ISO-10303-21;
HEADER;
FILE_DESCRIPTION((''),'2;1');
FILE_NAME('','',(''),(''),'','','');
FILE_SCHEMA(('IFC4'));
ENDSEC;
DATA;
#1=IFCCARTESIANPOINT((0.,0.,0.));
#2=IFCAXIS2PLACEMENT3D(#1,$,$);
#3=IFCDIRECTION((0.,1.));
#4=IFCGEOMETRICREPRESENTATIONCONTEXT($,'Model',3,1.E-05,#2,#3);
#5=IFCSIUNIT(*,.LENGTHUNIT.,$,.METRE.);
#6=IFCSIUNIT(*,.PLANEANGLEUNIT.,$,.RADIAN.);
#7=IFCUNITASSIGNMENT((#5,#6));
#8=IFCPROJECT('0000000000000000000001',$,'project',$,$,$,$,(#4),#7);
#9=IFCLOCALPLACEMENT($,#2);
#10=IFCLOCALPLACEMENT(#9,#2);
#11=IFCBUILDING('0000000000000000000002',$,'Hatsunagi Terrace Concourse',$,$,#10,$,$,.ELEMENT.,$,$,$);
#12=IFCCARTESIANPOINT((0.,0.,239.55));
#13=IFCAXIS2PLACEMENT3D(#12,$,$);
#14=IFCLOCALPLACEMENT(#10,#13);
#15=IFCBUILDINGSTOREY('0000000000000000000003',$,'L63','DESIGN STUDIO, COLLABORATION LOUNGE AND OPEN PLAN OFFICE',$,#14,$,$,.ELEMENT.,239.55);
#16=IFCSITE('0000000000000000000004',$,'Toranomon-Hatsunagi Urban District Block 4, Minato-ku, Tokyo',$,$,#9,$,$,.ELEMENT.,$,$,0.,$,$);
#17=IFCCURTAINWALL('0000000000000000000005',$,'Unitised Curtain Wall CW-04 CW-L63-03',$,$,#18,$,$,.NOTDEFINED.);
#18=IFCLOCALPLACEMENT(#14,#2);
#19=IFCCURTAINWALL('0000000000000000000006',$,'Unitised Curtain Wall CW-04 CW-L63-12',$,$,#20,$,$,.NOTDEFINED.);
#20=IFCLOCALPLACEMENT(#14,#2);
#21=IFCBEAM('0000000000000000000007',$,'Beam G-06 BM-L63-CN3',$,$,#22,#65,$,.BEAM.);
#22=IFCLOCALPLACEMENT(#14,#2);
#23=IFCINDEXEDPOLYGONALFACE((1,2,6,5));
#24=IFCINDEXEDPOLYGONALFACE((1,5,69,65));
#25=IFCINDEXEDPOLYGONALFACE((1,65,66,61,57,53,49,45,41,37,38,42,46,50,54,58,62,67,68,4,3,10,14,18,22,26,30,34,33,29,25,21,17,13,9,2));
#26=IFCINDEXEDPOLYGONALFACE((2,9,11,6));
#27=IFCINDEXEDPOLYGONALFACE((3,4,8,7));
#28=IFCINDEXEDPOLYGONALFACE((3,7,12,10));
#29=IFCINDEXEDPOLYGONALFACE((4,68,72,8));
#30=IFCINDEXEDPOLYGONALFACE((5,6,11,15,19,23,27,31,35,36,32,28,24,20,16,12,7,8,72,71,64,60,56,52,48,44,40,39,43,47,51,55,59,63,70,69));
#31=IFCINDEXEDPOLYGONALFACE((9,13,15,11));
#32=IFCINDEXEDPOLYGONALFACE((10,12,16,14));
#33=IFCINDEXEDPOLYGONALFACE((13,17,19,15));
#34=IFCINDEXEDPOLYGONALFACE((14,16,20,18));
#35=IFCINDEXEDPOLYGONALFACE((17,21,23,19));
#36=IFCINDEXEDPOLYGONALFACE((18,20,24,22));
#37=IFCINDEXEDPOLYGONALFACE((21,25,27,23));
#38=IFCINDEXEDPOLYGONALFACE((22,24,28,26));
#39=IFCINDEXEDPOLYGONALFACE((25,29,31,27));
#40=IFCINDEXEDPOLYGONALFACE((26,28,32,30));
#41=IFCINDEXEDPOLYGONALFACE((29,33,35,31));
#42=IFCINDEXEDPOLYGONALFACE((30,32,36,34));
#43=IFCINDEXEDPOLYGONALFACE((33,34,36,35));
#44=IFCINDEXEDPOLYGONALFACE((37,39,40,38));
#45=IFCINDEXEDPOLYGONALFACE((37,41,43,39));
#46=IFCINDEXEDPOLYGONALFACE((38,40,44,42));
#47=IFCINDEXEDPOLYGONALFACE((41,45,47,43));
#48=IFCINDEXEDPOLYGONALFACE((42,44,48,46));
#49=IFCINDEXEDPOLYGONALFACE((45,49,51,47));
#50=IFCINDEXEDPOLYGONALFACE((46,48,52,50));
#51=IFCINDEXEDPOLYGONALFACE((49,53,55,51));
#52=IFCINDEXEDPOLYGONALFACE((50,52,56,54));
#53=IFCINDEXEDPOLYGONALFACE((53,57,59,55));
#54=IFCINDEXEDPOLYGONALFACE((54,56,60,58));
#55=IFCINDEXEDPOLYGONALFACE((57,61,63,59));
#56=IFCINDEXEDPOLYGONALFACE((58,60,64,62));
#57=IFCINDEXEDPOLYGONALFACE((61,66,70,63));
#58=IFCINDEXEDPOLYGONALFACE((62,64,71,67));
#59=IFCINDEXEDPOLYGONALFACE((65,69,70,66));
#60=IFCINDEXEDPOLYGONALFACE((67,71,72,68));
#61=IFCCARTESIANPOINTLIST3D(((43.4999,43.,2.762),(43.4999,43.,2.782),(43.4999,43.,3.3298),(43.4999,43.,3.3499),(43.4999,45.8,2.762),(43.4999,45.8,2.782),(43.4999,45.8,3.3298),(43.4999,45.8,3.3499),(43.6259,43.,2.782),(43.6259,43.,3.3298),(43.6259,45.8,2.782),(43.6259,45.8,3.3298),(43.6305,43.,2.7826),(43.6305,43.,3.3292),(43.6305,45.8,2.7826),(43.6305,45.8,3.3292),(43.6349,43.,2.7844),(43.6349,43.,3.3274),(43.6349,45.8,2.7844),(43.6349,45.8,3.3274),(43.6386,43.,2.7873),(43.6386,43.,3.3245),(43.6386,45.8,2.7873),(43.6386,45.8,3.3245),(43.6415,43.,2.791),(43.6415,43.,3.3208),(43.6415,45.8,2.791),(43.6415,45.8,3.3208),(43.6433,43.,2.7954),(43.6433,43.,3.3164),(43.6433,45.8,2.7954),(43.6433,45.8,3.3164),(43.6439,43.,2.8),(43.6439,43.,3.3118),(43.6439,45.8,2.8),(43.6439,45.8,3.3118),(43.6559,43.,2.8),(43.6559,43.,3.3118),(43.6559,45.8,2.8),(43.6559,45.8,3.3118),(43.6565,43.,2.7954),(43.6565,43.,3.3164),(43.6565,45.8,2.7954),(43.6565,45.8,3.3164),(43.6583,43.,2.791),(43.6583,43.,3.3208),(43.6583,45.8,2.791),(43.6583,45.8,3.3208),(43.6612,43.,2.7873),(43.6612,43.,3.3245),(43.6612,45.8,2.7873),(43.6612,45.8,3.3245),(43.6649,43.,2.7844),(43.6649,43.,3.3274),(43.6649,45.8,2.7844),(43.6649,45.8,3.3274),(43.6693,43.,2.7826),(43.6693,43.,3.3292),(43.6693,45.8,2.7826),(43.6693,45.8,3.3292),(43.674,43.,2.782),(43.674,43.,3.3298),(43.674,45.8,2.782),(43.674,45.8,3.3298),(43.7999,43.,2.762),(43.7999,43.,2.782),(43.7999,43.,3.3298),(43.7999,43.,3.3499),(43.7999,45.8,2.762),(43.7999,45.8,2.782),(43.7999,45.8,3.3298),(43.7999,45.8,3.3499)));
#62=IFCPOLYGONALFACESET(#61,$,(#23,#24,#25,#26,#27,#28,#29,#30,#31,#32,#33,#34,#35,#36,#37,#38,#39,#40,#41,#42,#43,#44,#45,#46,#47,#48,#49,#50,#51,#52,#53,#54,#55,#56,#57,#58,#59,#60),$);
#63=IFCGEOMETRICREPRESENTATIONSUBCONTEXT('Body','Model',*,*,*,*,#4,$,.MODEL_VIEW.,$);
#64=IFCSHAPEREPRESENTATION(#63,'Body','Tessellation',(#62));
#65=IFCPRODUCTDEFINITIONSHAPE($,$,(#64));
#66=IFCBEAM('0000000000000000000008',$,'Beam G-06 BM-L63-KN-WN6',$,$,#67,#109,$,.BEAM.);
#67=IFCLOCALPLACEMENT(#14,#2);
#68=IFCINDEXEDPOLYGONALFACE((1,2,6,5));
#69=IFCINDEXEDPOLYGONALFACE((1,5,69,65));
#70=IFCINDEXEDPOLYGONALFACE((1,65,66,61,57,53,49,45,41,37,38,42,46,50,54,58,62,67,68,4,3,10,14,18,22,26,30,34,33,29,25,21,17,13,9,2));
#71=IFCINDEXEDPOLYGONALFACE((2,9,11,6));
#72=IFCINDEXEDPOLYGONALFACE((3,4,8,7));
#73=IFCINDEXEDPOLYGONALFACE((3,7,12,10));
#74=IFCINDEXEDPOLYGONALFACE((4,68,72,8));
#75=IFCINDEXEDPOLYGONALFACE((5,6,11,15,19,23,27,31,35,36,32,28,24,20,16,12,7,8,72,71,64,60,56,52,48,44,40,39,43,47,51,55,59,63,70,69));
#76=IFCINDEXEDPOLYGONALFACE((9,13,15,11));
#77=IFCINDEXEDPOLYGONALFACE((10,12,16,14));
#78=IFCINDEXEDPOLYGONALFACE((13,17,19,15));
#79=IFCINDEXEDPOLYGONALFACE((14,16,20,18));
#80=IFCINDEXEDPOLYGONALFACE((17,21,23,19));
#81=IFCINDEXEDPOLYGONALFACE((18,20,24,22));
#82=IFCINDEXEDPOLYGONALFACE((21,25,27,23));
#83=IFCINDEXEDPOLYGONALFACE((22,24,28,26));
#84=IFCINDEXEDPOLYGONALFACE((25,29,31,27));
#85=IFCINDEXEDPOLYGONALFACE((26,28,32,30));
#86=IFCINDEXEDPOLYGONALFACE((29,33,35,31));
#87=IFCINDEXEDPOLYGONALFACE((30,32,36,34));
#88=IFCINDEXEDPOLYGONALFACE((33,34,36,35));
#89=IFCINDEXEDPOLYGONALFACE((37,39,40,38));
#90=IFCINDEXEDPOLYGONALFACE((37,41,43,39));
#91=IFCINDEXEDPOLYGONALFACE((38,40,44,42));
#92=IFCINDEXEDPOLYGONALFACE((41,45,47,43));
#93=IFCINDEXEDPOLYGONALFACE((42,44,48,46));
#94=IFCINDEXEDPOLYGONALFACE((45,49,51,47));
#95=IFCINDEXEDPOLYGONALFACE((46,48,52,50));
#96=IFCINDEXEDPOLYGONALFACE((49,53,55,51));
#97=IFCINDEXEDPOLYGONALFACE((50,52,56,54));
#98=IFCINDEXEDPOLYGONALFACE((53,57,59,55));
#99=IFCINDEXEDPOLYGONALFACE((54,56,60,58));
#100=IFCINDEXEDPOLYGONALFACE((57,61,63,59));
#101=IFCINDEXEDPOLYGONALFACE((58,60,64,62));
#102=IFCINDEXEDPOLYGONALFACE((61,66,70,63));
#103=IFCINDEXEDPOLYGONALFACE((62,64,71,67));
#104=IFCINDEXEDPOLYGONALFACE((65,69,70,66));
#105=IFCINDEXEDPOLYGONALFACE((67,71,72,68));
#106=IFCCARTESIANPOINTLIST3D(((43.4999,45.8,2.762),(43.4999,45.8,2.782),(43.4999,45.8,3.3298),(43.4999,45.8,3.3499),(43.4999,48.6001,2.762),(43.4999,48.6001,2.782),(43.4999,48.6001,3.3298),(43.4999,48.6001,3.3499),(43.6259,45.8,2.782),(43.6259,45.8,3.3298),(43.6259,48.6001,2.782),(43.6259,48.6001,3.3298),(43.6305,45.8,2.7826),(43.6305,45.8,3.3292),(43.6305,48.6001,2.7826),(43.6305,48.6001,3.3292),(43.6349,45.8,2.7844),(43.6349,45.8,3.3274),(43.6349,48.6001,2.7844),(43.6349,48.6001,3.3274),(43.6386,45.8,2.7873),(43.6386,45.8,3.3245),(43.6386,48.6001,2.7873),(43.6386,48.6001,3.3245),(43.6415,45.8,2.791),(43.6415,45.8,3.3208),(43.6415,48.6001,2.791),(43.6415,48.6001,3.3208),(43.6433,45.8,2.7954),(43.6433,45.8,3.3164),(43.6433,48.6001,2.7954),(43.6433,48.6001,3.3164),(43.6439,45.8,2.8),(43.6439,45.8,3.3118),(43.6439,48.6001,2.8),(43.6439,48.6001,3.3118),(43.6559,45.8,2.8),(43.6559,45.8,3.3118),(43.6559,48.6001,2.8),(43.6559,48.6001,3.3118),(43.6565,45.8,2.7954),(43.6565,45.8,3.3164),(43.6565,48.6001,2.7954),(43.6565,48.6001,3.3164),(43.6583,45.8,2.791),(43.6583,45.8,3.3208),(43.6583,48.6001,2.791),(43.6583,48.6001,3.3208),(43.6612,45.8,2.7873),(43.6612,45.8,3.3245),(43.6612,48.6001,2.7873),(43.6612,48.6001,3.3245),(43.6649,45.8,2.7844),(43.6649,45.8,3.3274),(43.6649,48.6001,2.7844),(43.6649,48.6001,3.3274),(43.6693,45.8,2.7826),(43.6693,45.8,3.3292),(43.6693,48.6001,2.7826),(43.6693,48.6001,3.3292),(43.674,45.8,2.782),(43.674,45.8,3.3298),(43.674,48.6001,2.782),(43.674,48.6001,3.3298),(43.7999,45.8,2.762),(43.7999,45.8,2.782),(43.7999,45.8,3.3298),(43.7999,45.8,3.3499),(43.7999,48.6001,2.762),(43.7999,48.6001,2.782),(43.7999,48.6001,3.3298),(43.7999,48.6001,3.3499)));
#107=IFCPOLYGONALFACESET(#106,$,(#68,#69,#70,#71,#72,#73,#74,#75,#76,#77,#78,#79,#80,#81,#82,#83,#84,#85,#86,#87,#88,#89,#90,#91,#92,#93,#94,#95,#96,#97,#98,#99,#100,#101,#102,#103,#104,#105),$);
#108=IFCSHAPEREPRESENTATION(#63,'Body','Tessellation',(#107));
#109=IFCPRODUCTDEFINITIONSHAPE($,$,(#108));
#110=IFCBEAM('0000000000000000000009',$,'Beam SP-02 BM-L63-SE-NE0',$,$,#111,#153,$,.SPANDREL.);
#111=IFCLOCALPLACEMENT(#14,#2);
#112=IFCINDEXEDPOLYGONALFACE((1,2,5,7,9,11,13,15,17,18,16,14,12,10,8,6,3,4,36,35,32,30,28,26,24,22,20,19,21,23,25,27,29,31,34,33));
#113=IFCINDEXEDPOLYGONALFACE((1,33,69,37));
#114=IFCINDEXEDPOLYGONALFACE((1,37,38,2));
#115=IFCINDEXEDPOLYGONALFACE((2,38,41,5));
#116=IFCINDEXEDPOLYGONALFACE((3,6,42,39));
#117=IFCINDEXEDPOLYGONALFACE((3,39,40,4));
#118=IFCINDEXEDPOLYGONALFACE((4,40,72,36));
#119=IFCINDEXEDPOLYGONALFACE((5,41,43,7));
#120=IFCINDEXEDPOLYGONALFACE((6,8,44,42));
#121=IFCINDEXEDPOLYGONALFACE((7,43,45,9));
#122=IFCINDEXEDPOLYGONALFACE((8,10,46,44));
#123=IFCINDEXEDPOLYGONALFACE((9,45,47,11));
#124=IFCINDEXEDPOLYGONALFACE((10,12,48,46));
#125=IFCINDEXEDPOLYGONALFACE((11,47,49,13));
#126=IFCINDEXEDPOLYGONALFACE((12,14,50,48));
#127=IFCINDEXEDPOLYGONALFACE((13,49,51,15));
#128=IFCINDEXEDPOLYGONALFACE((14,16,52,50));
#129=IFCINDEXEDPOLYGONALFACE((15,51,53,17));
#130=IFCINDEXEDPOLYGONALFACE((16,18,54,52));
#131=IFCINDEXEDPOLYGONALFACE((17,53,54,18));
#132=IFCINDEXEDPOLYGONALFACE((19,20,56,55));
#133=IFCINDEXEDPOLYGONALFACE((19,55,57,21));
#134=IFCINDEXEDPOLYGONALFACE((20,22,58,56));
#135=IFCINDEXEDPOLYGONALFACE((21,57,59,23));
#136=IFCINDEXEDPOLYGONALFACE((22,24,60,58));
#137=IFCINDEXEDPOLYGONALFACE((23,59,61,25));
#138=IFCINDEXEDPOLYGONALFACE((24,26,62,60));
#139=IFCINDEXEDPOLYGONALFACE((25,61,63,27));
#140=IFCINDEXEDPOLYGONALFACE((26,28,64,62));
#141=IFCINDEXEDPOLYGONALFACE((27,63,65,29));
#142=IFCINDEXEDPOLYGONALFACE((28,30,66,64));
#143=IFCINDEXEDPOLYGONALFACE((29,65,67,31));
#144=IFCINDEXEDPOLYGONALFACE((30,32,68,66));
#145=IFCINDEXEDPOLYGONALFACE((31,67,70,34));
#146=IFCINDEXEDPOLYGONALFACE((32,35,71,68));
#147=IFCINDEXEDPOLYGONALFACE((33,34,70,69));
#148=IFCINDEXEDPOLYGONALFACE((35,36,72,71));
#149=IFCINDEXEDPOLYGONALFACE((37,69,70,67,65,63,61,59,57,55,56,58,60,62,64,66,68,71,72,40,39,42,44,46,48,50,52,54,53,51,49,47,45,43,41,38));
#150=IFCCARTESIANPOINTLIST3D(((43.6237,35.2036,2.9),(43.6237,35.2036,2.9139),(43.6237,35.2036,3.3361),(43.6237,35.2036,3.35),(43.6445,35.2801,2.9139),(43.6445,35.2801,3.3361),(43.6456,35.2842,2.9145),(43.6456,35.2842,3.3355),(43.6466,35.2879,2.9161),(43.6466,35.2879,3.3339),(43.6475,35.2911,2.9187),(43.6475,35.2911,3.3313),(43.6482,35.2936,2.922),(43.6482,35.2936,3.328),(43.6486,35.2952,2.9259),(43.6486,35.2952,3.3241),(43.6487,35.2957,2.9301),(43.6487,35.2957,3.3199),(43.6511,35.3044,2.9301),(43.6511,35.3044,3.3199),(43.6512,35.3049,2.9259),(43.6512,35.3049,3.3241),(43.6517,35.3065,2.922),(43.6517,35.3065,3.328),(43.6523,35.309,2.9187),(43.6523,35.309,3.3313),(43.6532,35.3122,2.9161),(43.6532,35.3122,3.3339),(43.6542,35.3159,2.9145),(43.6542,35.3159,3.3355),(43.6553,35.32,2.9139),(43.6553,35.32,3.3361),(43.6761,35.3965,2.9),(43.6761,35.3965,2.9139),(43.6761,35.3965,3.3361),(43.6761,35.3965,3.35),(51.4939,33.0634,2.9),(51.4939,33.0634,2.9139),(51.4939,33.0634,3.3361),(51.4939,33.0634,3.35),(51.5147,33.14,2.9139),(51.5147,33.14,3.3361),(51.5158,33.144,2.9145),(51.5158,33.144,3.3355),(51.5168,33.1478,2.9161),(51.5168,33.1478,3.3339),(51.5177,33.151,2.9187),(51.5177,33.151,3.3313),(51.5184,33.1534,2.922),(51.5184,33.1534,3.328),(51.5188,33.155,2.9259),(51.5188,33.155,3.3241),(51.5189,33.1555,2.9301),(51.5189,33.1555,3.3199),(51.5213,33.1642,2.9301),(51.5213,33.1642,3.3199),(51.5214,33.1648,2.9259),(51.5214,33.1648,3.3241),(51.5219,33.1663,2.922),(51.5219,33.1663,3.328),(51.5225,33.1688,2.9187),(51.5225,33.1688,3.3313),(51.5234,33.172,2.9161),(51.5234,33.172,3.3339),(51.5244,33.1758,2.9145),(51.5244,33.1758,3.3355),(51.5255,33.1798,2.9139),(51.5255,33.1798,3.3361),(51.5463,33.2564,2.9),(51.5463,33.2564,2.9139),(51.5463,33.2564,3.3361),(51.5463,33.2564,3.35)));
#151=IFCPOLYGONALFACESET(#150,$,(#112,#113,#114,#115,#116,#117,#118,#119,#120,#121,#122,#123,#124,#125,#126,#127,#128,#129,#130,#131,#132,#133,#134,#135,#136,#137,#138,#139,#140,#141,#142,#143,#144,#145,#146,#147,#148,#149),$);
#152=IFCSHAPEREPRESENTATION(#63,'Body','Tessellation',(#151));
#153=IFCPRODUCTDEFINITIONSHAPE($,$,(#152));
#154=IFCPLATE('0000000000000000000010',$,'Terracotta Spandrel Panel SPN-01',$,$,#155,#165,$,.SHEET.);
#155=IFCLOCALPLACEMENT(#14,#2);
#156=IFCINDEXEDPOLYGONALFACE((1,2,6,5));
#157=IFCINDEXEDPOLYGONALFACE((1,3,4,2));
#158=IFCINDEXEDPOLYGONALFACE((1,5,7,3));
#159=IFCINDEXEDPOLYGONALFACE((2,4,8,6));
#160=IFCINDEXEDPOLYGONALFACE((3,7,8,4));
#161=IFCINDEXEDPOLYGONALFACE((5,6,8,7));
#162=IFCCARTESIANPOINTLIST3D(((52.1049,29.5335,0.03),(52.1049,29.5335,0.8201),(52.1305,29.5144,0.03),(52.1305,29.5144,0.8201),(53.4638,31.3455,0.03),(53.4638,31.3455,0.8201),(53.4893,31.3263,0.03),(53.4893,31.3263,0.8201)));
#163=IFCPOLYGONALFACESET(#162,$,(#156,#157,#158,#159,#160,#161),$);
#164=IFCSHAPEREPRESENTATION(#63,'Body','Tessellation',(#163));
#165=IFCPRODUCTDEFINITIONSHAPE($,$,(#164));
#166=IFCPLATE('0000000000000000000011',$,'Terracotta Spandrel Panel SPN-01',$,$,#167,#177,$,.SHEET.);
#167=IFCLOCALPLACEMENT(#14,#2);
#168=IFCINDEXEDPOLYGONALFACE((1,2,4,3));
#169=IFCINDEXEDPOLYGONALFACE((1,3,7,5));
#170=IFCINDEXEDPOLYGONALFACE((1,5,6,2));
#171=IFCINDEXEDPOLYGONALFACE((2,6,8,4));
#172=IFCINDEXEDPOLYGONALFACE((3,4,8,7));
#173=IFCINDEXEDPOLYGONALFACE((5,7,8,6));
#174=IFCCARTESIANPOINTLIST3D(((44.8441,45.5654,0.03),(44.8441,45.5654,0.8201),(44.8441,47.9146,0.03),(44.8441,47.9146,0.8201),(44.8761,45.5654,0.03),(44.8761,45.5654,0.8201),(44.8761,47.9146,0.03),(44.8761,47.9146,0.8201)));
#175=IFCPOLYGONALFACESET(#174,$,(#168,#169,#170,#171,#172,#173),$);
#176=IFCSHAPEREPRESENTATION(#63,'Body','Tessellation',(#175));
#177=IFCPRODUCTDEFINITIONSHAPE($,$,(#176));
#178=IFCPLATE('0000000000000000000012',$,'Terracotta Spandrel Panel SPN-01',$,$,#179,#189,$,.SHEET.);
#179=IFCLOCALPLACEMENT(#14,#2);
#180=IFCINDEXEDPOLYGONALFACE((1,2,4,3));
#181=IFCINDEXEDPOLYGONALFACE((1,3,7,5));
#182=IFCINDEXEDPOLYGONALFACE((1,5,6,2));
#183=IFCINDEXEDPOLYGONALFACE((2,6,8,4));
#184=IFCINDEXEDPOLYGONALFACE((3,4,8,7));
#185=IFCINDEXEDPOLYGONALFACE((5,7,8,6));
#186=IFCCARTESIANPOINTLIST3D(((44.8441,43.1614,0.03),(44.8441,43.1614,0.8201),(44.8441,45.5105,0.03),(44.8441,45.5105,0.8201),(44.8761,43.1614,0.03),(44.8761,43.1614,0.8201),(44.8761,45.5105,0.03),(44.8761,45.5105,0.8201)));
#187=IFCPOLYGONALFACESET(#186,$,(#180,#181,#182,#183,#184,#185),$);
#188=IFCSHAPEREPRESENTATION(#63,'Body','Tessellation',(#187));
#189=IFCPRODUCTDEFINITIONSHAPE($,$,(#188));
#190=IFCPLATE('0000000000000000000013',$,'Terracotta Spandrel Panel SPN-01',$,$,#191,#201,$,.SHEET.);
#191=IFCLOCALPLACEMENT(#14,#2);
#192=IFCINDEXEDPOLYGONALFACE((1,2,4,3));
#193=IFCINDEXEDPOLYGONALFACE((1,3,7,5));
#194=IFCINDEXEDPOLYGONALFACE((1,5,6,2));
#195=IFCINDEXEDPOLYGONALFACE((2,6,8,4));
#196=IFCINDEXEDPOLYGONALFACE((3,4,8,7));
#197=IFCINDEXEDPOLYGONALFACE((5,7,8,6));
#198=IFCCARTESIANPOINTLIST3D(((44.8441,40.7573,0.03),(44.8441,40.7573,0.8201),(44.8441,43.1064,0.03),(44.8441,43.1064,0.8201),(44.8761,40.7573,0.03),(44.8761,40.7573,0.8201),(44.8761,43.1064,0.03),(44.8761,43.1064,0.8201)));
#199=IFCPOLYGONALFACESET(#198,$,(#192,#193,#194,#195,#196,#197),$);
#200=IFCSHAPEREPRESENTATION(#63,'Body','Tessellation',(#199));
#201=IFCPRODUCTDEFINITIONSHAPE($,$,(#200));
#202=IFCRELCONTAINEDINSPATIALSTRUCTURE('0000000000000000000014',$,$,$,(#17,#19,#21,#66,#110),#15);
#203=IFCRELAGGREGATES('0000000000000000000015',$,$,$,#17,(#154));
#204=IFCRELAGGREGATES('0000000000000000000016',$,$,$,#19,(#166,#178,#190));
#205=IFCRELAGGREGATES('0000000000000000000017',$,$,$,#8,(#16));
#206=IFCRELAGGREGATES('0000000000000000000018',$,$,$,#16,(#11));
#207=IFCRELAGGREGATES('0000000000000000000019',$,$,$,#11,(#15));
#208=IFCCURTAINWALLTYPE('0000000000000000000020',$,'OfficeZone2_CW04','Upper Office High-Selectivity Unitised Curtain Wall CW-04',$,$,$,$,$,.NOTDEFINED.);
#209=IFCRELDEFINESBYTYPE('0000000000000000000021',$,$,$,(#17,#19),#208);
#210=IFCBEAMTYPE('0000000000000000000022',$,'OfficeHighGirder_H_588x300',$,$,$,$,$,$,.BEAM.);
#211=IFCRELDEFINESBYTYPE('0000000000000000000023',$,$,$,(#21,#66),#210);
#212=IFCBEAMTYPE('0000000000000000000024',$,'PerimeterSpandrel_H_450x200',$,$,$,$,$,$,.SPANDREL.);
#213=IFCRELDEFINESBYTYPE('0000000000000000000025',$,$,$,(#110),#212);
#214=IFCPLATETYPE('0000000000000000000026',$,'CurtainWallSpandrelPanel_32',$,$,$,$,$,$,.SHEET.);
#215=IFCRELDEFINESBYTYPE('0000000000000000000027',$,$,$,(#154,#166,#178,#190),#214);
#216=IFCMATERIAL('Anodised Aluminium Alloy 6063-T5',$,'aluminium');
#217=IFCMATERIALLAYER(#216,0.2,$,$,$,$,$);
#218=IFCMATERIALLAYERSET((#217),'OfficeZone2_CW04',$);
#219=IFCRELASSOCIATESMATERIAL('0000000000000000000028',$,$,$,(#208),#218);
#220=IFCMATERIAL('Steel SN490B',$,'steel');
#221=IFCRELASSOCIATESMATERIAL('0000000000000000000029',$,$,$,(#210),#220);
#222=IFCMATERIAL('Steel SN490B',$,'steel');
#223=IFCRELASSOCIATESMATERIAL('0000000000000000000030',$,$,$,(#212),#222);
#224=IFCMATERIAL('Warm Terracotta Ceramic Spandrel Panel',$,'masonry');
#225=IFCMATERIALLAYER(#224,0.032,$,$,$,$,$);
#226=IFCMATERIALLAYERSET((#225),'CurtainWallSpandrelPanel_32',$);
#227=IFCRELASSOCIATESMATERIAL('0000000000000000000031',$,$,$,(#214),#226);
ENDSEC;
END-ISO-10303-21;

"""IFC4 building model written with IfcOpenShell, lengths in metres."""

from ifc_helpers import new_model, si_unit, direction, frame, origin, origin_2d, place, context, subcontext, project, spatial, rectangle, i_section, extrude, material, layer, layer_set, material_profile, profile_set, type_object, element, aggregate, save


model = new_model("IFC4")

# Units and contexts
model_context = context("Model", 3, precision=1e-05, world=origin(), true_north=direction((0.0, 1.0)))
body_context = subcontext(model_context, "Body", "Model", "MODEL_VIEW")
ifc_project = project(units=[si_unit("LENGTHUNIT", "METRE"), si_unit("PLANEANGLEUNIT", "RADIAN")], contexts=[model_context])

# Site, building, storey
site_placement = place(None, origin())
site = spatial("IfcSite", under=ifc_project, at=site_placement, Name="Toranomon-Hatsunagi Urban District Block 4, Minato-ku, Tokyo", CompositionType="ELEMENT", RefElevation=0.0)
building_placement = place(site_placement, origin())
building = spatial("IfcBuilding", under=site, at=building_placement, Name="Hatsunagi Terrace Concourse", CompositionType="ELEMENT")
storey_placement = place(building_placement, frame((0.0, 0.0, 239.55)))
storey = spatial("IfcBuildingStorey", under=building, at=storey_placement, Name="L63", Description="DESIGN STUDIO, COLLABORATION LOUNGE AND OPEN PLAN OFFICE", CompositionType="ELEMENT", Elevation=239.55)

# Curtain walls
ifc_material_1 = material(Name="Anodised Aluminium Alloy 6063-T5", Category="aluminium")
ifc_layer_1 = layer(ifc_material_1, 0.2)
ifc_layer_set_1 = layer_set([ifc_layer_1], Name="OfficeZone2_CW04")
curtain_wall_type = type_object("IfcCurtainWallType", Name="OfficeZone2_CW04", Description="Upper Office High-Selectivity Unitised Curtain Wall CW-04", PredefinedType="NOTDEFINED", material=ifc_layer_set_1)
curtain_wall_1_placement = place(storey_placement, origin())
curtain_wall_1 = element("IfcCurtainWall", 1, at=curtain_wall_1_placement, inside=storey, type_object=curtain_wall_type, Name="Unitised Curtain Wall CW-04 CW-L63-03", PredefinedType="NOTDEFINED")
curtain_wall_2_placement = place(storey_placement, origin())
curtain_wall_2 = element("IfcCurtainWall", 2, at=curtain_wall_2_placement, inside=storey, type_object=curtain_wall_type, Name="Unitised Curtain Wall CW-04 CW-L63-12", PredefinedType="NOTDEFINED")

# Beams
ifc_material_2 = material(Name="Steel SN490B", Category="steel")
ifc_material_profile_1 = material_profile(ifc_material_2, i_section(OverallWidth=0.3, OverallDepth=0.5879, WebThickness=0.012, FlangeThickness=0.02, FilletRadius=0.0181, at=origin_2d()), Name="H-588x300x12x20")
ifc_profile_set_1 = profile_set([ifc_material_profile_1], Name="Steel SN490B")
beam_type_1 = type_object("IfcBeamType", Name="OfficeHighGirder_H_588x300", PredefinedType="BEAM", material=ifc_profile_set_1)
for number, where, z_axis, x_axis, name in (
    (3, (43.6499, 43.0, 3.0559), (0.0, 1.0, 0.0), (-1.0, 0.0, 0.0), "Beam G-06 BM-L63-CN3"),
    (4, (43.6499, 45.8, 3.0559), (0.0, 1.0, 0.0), (-1.0, 0.0, 0.0), "Beam G-06 BM-L63-KN-WN6"),
):
    element("IfcBeam", number, at=place(storey_placement, frame(where, z_axis=z_axis, x_axis=x_axis)), inside=storey, type_object=beam_type_1, Name=name, PredefinedType="BEAM", context=body_context, shape_type="SweptSolid", body=[
        extrude(i_section(OverallWidth=0.3, OverallDepth=0.5879, WebThickness=0.012, FlangeThickness=0.02, FilletRadius=0.0181, at=origin_2d()), origin(), (0.0, 0.0, 1.0), 2.8),
    ])
ifc_material_3 = material(Name="Steel SN490B", Category="steel")
ifc_material_profile_2 = material_profile(ifc_material_3, i_section(OverallWidth=0.2, OverallDepth=0.45, WebThickness=0.009, FlangeThickness=0.0139, FilletRadius=0.0161, at=origin_2d()), Name="H-450x200x9x14")
ifc_profile_set_2 = profile_set([ifc_material_profile_2], Name="Steel SN490B")
beam_type_2 = type_object("IfcBeamType", Name="PerimeterSpandrel_H_450x200", PredefinedType="SPANDREL", material=ifc_profile_set_2)
beam_1_placement = place(storey_placement, frame((43.6499, 35.3, 3.125), z_axis=(0.964958, -0.262403, 0.0), x_axis=(0.262403, 0.964958, 0.0)))
element("IfcBeam", 5, at=beam_1_placement, inside=storey, type_object=beam_type_2, Name="Beam SP-02 BM-L63-SE-NE0", PredefinedType="SPANDREL", context=body_context, shape_type="SweptSolid", body=[
    extrude(i_section(OverallWidth=0.2, OverallDepth=0.45, WebThickness=0.009, FlangeThickness=0.0139, FilletRadius=0.0161, at=origin_2d()), origin(), (0.0, 0.0, 1.0), 8.156),
])

# Plates
ifc_material_4 = material(Name="Warm Terracotta Ceramic Spandrel Panel", Category="masonry")
ifc_layer_2 = layer(ifc_material_4, 0.032)
ifc_layer_set_2 = layer_set([ifc_layer_2], Name="CurtainWallSpandrelPanel_32")
plate_type_1 = type_object("IfcPlateType", Name="CurtainWallSpandrelPanel_32", PredefinedType="SHEET", material=ifc_layer_set_2)
plate_1_placement = place(storey_placement, frame((52.7971, 30.4299, 0.03), z_axis=(0.0, 0.0, 1.0), x_axis=(-0.599969, -0.800023, 0.0)))
plate_1 = element("IfcPlate", 6, at=plate_1_placement, type_object=plate_type_1, Name="Terracotta Spandrel Panel SPN-01", PredefinedType="SHEET", context=body_context, shape_type="SweptSolid", body=[
    extrude(rectangle(XDim=2.2649, YDim=0.032, at=origin_2d()), origin(), (0.0, 0.0, 1.0), 0.79),
])
plate_2_placement = place(storey_placement, frame((44.8601, 46.74, 0.03), z_axis=(0.0, 0.0, 1.0), x_axis=(0.0, -1.0, 0.0)))
plate_2 = element("IfcPlate", 7, at=plate_2_placement, type_object=plate_type_1, Name="Terracotta Spandrel Panel SPN-01", PredefinedType="SHEET", context=body_context, shape_type="SweptSolid", body=[
    extrude(rectangle(XDim=2.3491, YDim=0.032, at=origin_2d()), origin(), (0.0, 0.0, 1.0), 0.79),
])
plate_3_placement = place(storey_placement, frame((44.8601, 44.3359, 0.03), z_axis=(0.0, 0.0, 1.0), x_axis=(0.0, -1.0, 0.0)))
plate_3 = element("IfcPlate", 8, at=plate_3_placement, type_object=plate_type_1, Name="Terracotta Spandrel Panel SPN-01", PredefinedType="SHEET", context=body_context, shape_type="SweptSolid", body=[
    extrude(rectangle(XDim=2.3491, YDim=0.032, at=origin_2d()), origin(), (0.0, 0.0, 1.0), 0.79),
])
plate_4_placement = place(storey_placement, frame((44.8601, 41.9319, 0.03), z_axis=(0.0, 0.0, 1.0), x_axis=(0.0, -1.0, 0.0)))
plate_4 = element("IfcPlate", 9, at=plate_4_placement, type_object=plate_type_1, Name="Terracotta Spandrel Panel SPN-01", PredefinedType="SHEET", context=body_context, shape_type="SweptSolid", body=[
    extrude(rectangle(XDim=2.3491, YDim=0.032, at=origin_2d()), origin(), (0.0, 0.0, 1.0), 0.79),
])
aggregate(curtain_wall_1, [plate_1])
aggregate(curtain_wall_2, [plate_2, plate_3, plate_4])

save(model, "model.ifc")
